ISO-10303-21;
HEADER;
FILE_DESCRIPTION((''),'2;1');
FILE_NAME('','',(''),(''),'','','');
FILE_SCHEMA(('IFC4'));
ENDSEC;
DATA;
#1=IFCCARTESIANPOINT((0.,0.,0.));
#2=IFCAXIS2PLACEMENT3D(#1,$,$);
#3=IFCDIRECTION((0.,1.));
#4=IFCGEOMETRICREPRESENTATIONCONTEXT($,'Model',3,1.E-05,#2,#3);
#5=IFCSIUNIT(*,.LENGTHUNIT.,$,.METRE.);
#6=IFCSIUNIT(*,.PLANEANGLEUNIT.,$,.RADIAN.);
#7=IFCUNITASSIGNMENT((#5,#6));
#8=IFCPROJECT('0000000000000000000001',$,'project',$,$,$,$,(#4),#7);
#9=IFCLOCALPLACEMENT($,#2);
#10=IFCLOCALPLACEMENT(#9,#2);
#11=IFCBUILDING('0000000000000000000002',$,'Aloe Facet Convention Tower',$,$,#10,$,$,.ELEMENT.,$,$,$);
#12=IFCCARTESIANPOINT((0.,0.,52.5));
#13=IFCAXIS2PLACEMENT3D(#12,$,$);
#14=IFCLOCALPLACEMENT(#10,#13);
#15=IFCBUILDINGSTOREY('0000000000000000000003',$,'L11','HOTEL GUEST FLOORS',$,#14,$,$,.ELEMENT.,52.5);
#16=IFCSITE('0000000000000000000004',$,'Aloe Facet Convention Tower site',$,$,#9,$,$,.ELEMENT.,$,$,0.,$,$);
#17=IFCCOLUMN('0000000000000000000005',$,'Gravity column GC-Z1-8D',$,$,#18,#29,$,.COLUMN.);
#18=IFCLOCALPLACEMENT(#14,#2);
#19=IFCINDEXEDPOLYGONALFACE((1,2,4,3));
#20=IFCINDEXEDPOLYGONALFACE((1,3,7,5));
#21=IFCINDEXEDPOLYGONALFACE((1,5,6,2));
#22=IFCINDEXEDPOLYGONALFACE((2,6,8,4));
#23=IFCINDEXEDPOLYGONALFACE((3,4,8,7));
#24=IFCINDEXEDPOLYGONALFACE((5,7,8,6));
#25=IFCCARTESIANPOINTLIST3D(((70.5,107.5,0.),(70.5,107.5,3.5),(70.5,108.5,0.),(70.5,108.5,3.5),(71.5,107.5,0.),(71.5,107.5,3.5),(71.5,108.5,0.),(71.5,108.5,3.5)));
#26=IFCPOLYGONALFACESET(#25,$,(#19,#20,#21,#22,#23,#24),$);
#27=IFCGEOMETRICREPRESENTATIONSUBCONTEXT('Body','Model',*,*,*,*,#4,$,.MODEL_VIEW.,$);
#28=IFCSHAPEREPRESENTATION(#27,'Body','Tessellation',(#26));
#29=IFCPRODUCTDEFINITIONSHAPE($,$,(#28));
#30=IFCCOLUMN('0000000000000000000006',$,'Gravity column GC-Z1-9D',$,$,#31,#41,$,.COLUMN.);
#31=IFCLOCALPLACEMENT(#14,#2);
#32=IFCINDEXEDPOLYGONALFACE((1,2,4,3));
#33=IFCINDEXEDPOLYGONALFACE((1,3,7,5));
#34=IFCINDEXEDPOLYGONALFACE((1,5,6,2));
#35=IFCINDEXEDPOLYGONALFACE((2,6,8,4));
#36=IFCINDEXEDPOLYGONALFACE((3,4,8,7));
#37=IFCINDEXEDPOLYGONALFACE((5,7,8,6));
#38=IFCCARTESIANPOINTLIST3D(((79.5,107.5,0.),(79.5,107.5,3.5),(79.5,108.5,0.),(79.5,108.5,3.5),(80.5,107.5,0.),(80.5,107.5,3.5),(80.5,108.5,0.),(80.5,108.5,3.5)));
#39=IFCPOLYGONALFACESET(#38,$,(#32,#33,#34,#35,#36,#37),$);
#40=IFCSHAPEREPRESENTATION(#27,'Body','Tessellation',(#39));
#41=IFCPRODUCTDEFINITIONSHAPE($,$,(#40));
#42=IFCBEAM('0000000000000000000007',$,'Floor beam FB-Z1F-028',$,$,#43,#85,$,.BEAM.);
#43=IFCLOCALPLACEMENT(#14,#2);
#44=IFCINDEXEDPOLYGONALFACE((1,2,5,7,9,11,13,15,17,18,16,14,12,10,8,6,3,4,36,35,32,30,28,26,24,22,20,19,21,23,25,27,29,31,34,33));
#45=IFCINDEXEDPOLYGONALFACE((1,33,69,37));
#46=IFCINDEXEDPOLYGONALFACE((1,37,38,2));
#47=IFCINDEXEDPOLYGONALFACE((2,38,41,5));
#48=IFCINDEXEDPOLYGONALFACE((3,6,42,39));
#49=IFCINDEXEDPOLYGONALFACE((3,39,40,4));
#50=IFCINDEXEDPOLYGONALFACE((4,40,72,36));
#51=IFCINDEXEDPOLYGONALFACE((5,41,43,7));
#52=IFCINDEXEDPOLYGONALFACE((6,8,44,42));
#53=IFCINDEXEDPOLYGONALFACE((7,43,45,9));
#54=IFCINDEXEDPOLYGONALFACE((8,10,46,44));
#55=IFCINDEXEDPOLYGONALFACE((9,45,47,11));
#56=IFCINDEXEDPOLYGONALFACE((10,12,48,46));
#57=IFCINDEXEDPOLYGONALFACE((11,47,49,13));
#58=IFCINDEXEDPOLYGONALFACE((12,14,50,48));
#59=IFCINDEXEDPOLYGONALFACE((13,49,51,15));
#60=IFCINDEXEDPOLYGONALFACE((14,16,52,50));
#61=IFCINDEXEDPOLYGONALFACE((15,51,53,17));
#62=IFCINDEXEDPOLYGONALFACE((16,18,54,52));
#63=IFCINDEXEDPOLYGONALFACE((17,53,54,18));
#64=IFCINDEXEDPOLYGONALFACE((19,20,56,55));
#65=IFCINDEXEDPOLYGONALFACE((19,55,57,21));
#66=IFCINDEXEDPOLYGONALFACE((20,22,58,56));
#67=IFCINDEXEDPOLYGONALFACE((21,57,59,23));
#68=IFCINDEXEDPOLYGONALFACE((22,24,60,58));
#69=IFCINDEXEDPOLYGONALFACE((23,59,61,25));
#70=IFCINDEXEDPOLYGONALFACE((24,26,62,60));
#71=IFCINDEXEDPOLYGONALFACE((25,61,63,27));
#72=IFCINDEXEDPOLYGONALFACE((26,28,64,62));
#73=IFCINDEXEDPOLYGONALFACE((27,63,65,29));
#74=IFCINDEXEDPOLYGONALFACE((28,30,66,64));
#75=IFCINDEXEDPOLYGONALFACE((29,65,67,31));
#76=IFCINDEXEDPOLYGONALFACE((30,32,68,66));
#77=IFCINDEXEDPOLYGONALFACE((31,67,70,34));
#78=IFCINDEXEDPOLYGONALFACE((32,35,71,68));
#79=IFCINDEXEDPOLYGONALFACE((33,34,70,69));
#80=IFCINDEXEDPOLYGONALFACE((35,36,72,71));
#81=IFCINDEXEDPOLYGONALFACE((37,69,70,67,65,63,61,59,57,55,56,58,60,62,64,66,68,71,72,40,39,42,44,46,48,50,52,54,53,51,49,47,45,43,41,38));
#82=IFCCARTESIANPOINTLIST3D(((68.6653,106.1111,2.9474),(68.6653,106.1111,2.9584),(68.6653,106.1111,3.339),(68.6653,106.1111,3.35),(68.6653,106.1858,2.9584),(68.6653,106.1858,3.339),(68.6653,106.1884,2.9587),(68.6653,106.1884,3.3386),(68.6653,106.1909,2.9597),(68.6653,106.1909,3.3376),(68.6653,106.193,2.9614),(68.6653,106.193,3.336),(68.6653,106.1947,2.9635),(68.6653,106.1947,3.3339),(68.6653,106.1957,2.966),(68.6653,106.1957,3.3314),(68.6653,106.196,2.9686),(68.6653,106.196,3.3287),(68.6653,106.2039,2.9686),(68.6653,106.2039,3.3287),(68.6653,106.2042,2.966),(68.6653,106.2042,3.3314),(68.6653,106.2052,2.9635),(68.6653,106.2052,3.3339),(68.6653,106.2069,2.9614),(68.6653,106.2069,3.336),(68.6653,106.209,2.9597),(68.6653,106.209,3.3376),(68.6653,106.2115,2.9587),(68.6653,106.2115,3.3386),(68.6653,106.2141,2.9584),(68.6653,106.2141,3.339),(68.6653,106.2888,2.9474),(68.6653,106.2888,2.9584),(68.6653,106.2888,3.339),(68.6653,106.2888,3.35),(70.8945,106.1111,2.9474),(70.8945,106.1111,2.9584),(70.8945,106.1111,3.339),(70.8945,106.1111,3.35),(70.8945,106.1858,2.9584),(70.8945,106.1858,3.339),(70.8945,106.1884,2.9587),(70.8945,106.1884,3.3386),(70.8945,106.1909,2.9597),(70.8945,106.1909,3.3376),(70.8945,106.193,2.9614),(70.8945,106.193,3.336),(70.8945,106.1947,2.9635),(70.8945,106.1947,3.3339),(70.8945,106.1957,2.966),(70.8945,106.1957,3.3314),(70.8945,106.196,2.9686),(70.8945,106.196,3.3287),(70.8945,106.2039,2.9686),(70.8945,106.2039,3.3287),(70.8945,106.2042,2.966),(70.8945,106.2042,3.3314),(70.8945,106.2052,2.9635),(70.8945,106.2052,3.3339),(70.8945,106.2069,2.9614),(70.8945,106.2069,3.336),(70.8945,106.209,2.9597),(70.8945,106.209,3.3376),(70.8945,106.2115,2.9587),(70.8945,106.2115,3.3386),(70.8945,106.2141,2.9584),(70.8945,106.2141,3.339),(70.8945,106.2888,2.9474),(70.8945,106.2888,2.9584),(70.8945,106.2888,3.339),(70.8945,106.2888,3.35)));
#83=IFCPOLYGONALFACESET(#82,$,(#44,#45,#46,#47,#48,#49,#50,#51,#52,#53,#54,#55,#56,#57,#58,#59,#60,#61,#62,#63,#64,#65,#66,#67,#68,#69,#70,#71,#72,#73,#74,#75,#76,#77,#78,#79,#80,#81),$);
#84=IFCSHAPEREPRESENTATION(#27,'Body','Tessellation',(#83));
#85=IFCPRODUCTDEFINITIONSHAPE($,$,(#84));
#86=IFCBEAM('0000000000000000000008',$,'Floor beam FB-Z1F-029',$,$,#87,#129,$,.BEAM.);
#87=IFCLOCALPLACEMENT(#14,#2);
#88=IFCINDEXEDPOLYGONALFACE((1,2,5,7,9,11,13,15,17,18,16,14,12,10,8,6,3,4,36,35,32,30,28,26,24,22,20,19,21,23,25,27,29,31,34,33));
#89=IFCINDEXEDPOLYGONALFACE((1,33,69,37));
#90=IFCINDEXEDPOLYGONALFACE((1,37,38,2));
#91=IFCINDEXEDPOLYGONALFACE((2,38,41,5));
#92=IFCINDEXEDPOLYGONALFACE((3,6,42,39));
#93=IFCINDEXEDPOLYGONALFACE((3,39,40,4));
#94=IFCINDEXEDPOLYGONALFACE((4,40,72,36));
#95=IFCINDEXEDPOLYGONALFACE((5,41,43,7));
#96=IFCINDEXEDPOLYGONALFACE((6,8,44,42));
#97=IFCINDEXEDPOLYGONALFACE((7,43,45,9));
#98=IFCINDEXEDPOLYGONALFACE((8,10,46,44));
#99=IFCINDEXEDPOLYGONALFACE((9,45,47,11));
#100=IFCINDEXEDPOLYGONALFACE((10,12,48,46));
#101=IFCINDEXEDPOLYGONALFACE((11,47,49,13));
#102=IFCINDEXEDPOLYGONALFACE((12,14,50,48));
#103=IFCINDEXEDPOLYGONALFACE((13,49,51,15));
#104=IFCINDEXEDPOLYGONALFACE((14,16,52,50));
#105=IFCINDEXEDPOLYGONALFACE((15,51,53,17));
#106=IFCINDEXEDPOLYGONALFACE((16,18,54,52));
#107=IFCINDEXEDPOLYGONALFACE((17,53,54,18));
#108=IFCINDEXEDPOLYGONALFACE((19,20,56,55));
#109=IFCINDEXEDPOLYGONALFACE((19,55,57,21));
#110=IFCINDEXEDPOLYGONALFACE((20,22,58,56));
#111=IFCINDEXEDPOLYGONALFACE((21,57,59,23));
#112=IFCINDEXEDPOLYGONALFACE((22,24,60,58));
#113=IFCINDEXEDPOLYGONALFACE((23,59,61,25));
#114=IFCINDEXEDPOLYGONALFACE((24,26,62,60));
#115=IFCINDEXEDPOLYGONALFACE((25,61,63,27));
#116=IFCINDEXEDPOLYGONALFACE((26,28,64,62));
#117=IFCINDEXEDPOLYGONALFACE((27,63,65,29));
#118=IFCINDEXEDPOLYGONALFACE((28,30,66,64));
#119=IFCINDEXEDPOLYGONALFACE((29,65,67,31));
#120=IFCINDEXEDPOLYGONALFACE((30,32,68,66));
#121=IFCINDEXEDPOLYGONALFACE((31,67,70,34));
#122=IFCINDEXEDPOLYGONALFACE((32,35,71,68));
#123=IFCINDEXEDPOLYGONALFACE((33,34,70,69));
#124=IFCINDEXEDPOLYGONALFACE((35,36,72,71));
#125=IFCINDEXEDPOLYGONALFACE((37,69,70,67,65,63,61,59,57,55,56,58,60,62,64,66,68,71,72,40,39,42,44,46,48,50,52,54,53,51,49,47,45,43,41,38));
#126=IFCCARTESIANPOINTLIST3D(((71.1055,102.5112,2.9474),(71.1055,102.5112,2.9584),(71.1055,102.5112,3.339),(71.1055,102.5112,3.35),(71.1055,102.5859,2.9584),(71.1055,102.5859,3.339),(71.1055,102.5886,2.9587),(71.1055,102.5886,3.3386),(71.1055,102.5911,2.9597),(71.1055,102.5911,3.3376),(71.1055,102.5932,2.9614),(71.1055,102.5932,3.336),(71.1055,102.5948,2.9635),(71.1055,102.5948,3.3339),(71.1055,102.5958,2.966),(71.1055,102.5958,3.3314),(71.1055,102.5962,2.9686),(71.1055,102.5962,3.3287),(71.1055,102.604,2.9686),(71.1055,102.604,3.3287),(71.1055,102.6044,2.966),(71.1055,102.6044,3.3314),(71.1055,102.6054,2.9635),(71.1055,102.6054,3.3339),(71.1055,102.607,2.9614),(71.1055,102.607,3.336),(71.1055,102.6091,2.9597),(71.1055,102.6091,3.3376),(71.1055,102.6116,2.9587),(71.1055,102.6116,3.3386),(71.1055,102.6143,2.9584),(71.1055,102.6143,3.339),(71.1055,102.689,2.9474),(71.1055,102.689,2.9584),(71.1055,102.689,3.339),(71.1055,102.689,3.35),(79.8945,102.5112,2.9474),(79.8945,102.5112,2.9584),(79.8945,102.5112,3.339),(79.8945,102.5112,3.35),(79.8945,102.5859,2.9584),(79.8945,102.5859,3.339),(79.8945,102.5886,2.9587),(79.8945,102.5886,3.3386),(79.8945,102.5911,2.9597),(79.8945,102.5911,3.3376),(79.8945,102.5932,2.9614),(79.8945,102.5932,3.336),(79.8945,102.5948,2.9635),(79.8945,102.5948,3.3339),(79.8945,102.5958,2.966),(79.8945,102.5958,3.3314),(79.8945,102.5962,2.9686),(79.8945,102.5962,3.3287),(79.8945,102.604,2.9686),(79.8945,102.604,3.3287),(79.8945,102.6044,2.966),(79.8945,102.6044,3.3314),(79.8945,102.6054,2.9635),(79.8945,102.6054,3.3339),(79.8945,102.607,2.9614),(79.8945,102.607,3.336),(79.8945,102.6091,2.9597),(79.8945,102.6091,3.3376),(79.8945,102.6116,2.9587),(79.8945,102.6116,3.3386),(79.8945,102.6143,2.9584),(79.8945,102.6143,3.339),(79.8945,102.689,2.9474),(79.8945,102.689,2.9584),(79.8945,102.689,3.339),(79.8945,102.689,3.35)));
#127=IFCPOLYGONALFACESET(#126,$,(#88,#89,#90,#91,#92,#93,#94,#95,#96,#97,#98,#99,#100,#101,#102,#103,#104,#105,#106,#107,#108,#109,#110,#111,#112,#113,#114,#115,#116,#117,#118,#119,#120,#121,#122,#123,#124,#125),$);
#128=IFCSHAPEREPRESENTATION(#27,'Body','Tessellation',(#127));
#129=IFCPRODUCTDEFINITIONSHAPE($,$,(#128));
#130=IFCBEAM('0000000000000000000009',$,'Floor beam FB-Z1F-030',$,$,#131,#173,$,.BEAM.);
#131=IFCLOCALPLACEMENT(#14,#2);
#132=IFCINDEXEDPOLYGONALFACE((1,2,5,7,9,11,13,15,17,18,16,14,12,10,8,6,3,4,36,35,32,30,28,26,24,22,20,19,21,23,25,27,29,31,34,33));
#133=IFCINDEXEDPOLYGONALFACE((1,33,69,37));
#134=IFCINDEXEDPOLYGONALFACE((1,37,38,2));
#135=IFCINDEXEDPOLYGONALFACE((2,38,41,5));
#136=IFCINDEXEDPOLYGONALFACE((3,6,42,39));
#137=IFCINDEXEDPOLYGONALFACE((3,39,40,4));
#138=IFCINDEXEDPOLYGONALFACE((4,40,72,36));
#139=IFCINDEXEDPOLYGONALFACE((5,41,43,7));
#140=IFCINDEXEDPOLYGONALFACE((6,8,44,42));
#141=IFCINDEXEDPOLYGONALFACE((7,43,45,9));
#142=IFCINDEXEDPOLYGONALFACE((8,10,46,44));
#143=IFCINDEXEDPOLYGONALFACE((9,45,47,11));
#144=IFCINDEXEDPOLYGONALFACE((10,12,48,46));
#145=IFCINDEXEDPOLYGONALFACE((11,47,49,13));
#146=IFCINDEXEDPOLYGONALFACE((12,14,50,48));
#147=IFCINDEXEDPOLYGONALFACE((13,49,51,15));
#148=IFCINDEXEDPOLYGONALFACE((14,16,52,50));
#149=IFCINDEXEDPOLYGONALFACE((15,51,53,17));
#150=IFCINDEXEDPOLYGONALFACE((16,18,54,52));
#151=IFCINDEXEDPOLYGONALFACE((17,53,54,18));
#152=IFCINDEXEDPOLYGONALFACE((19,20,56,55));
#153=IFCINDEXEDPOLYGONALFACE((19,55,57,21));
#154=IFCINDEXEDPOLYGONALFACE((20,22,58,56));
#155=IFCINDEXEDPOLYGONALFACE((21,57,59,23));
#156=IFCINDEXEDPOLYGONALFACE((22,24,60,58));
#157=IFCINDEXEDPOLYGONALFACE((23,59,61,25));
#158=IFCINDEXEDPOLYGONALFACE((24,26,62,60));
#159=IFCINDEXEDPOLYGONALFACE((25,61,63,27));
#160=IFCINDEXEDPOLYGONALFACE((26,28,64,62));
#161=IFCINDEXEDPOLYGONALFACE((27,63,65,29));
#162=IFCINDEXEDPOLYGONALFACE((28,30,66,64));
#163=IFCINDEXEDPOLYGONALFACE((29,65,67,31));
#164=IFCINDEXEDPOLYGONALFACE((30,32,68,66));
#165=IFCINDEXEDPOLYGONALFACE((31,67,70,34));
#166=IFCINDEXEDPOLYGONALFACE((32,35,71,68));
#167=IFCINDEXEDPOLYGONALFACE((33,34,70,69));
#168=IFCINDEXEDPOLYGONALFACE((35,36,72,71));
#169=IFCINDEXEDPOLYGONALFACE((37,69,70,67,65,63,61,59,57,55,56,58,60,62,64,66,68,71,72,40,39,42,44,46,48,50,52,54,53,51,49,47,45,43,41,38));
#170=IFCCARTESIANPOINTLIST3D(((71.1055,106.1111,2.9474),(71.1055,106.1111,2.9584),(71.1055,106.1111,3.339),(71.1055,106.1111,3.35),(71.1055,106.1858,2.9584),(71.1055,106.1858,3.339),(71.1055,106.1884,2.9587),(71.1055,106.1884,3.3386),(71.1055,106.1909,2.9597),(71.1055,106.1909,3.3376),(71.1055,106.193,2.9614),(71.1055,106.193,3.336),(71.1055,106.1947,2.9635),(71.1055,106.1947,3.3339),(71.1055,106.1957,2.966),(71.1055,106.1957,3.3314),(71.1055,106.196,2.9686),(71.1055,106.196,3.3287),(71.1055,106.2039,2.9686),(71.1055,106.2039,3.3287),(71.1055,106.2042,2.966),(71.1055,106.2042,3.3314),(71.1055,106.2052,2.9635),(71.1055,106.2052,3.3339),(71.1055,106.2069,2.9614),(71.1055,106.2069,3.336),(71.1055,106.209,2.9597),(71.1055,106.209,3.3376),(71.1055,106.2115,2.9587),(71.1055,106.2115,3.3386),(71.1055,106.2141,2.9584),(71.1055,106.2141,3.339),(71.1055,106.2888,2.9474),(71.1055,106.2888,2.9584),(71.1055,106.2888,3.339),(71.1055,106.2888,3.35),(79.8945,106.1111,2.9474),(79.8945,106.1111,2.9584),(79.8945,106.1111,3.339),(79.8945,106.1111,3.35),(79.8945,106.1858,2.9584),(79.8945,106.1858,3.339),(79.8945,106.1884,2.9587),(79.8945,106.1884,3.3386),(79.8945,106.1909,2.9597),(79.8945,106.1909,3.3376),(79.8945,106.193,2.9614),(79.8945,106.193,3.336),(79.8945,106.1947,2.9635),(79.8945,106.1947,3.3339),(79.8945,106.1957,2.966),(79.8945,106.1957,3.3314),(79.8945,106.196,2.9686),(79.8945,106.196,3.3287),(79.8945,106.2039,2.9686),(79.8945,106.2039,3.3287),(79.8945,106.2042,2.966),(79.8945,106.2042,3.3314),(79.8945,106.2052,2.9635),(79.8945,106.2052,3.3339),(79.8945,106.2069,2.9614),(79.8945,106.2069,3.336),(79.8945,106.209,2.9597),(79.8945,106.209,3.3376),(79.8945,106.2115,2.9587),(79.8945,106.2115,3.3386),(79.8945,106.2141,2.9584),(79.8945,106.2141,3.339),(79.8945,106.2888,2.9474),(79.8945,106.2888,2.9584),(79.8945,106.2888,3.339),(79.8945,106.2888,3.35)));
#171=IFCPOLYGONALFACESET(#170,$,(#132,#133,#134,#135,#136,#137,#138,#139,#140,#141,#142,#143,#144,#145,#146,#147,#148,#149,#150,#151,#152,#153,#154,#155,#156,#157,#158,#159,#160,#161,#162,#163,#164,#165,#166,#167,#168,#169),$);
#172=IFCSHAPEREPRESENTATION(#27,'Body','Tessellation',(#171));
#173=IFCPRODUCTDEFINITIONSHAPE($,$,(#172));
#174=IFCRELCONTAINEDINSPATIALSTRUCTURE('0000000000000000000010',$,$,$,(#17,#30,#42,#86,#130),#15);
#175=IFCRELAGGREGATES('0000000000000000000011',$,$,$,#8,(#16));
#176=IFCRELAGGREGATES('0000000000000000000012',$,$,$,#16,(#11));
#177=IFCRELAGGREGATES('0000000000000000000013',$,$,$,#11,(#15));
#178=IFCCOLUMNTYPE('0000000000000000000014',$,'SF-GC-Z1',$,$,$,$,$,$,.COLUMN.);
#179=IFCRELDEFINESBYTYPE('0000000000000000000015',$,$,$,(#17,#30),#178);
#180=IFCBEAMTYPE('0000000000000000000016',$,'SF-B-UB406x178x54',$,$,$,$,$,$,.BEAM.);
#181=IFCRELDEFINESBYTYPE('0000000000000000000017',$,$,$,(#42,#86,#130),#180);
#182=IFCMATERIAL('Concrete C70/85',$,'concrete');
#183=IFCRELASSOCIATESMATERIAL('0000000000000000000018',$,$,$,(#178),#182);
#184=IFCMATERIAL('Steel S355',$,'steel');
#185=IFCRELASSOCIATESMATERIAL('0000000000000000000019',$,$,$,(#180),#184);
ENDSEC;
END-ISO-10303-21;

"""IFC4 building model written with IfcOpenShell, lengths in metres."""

from ifc_helpers import new_model, si_unit, direction, frame, origin, origin_2d, place, context, subcontext, project, spatial, rectangle, i_section, extrude, material, material_profile, profile_set, type_object, element, save


model = new_model("IFC4")

# Units and contexts
model_context = context("Model", 3, precision=1e-05, world=origin(), true_north=direction((0.0, 1.0)))
body_context = subcontext(model_context, "Body", "Model", "MODEL_VIEW")
ifc_project = project(units=[si_unit("LENGTHUNIT", "METRE"), si_unit("PLANEANGLEUNIT", "RADIAN")], contexts=[model_context])

# Site, building, storey
site_placement = place(None, origin())
site = spatial("IfcSite", under=ifc_project, at=site_placement, Name="Aloe Facet Convention Tower site", CompositionType="ELEMENT", RefElevation=0.0)
building_placement = place(site_placement, origin())
building = spatial("IfcBuilding", under=site, at=building_placement, Name="Aloe Facet Convention Tower", CompositionType="ELEMENT")
storey_placement = place(building_placement, frame((0.0, 0.0, 52.5)))
storey = spatial("IfcBuildingStorey", under=building, at=storey_placement, Name="L11", Description="HOTEL GUEST FLOORS", CompositionType="ELEMENT", Elevation=52.5)

# Columns
ifc_material_1 = material(Name="Concrete C70/85", Category="concrete")
ifc_material_profile_1 = material_profile(ifc_material_1, rectangle(XDim=1.0, YDim=1.0, at=origin_2d()), Name="SF-GC-Z1")
ifc_profile_set_1 = profile_set([ifc_material_profile_1], Name="Concrete C70/85")
column_type = type_object("IfcColumnType", Name="SF-GC-Z1", PredefinedType="COLUMN", material=ifc_profile_set_1)
for number, where, z_axis, x_axis, name in (
    (1, (71.0, 108.0, 0.0), (0.0, 0.0, 1.0), (1.0, 0.0, 0.0), "Gravity column GC-Z1-8D"),
    (2, (80.0, 108.0, 0.0), (0.0, 0.0, 1.0), (1.0, 0.0, 0.0), "Gravity column GC-Z1-9D"),
):
    element("IfcColumn", number, at=place(storey_placement, frame(where, z_axis=z_axis, x_axis=x_axis)), inside=storey, type_object=column_type, Name=name, PredefinedType="COLUMN", context=body_context, shape_type="SweptSolid", body=[
        extrude(rectangle(XDim=1.0, YDim=1.0, at=origin_2d()), origin(), (0.0, 0.0, 1.0), 3.5),
    ])

# Beams
ifc_material_2 = material(Name="Steel S355", Category="steel")
ifc_material_profile_2 = material_profile(ifc_material_2, i_section(OverallWidth=0.1777, OverallDepth=0.4026, WebThickness=0.0078, FlangeThickness=0.011, FilletRadius=0.0103, at=origin_2d()), Name="UB 406x178x54")
ifc_profile_set_2 = profile_set([ifc_material_profile_2], Name="Steel S355")
beam_type_1 = type_object("IfcBeamType", Name="SF-B-UB406x178x54", PredefinedType="BEAM", material=ifc_profile_set_2)
beam_1_placement = place(storey_placement, frame((68.6653, 106.2, 3.1487), z_axis=(1.0, 0.0, 0.0), x_axis=(0.0, 1.0, 0.0)))
element("IfcBeam", 3, at=beam_1_placement, inside=storey, type_object=beam_type_1, Name="Floor beam FB-Z1F-028", PredefinedType="BEAM", context=body_context, shape_type="SweptSolid", body=[
    extrude(i_section(OverallWidth=0.1777, OverallDepth=0.4026, WebThickness=0.0078, FlangeThickness=0.011, FilletRadius=0.0103, at=origin_2d()), origin(), (0.0, 0.0, 1.0), 2.2292),
])
for number, where, z_axis, x_axis, name in (
    (4, (71.1055, 102.6001, 3.1487), (1.0, 0.0, 0.0), (0.0, 1.0, 0.0), "Floor beam FB-Z1F-029"),
    (5, (71.1055, 106.2, 3.1487), (1.0, 0.0, 0.0), (0.0, 1.0, 0.0), "Floor beam FB-Z1F-030"),
):
    element("IfcBeam", number, at=place(storey_placement, frame(where, z_axis=z_axis, x_axis=x_axis)), inside=storey, type_object=beam_type_1, Name=name, PredefinedType="BEAM", context=body_context, shape_type="SweptSolid", body=[
        extrude(i_section(OverallWidth=0.1777, OverallDepth=0.4026, WebThickness=0.0078, FlangeThickness=0.011, FilletRadius=0.0103, at=origin_2d()), origin(), (0.0, 0.0, 1.0), 8.7891),
    ])

save(model, "model.ifc")
